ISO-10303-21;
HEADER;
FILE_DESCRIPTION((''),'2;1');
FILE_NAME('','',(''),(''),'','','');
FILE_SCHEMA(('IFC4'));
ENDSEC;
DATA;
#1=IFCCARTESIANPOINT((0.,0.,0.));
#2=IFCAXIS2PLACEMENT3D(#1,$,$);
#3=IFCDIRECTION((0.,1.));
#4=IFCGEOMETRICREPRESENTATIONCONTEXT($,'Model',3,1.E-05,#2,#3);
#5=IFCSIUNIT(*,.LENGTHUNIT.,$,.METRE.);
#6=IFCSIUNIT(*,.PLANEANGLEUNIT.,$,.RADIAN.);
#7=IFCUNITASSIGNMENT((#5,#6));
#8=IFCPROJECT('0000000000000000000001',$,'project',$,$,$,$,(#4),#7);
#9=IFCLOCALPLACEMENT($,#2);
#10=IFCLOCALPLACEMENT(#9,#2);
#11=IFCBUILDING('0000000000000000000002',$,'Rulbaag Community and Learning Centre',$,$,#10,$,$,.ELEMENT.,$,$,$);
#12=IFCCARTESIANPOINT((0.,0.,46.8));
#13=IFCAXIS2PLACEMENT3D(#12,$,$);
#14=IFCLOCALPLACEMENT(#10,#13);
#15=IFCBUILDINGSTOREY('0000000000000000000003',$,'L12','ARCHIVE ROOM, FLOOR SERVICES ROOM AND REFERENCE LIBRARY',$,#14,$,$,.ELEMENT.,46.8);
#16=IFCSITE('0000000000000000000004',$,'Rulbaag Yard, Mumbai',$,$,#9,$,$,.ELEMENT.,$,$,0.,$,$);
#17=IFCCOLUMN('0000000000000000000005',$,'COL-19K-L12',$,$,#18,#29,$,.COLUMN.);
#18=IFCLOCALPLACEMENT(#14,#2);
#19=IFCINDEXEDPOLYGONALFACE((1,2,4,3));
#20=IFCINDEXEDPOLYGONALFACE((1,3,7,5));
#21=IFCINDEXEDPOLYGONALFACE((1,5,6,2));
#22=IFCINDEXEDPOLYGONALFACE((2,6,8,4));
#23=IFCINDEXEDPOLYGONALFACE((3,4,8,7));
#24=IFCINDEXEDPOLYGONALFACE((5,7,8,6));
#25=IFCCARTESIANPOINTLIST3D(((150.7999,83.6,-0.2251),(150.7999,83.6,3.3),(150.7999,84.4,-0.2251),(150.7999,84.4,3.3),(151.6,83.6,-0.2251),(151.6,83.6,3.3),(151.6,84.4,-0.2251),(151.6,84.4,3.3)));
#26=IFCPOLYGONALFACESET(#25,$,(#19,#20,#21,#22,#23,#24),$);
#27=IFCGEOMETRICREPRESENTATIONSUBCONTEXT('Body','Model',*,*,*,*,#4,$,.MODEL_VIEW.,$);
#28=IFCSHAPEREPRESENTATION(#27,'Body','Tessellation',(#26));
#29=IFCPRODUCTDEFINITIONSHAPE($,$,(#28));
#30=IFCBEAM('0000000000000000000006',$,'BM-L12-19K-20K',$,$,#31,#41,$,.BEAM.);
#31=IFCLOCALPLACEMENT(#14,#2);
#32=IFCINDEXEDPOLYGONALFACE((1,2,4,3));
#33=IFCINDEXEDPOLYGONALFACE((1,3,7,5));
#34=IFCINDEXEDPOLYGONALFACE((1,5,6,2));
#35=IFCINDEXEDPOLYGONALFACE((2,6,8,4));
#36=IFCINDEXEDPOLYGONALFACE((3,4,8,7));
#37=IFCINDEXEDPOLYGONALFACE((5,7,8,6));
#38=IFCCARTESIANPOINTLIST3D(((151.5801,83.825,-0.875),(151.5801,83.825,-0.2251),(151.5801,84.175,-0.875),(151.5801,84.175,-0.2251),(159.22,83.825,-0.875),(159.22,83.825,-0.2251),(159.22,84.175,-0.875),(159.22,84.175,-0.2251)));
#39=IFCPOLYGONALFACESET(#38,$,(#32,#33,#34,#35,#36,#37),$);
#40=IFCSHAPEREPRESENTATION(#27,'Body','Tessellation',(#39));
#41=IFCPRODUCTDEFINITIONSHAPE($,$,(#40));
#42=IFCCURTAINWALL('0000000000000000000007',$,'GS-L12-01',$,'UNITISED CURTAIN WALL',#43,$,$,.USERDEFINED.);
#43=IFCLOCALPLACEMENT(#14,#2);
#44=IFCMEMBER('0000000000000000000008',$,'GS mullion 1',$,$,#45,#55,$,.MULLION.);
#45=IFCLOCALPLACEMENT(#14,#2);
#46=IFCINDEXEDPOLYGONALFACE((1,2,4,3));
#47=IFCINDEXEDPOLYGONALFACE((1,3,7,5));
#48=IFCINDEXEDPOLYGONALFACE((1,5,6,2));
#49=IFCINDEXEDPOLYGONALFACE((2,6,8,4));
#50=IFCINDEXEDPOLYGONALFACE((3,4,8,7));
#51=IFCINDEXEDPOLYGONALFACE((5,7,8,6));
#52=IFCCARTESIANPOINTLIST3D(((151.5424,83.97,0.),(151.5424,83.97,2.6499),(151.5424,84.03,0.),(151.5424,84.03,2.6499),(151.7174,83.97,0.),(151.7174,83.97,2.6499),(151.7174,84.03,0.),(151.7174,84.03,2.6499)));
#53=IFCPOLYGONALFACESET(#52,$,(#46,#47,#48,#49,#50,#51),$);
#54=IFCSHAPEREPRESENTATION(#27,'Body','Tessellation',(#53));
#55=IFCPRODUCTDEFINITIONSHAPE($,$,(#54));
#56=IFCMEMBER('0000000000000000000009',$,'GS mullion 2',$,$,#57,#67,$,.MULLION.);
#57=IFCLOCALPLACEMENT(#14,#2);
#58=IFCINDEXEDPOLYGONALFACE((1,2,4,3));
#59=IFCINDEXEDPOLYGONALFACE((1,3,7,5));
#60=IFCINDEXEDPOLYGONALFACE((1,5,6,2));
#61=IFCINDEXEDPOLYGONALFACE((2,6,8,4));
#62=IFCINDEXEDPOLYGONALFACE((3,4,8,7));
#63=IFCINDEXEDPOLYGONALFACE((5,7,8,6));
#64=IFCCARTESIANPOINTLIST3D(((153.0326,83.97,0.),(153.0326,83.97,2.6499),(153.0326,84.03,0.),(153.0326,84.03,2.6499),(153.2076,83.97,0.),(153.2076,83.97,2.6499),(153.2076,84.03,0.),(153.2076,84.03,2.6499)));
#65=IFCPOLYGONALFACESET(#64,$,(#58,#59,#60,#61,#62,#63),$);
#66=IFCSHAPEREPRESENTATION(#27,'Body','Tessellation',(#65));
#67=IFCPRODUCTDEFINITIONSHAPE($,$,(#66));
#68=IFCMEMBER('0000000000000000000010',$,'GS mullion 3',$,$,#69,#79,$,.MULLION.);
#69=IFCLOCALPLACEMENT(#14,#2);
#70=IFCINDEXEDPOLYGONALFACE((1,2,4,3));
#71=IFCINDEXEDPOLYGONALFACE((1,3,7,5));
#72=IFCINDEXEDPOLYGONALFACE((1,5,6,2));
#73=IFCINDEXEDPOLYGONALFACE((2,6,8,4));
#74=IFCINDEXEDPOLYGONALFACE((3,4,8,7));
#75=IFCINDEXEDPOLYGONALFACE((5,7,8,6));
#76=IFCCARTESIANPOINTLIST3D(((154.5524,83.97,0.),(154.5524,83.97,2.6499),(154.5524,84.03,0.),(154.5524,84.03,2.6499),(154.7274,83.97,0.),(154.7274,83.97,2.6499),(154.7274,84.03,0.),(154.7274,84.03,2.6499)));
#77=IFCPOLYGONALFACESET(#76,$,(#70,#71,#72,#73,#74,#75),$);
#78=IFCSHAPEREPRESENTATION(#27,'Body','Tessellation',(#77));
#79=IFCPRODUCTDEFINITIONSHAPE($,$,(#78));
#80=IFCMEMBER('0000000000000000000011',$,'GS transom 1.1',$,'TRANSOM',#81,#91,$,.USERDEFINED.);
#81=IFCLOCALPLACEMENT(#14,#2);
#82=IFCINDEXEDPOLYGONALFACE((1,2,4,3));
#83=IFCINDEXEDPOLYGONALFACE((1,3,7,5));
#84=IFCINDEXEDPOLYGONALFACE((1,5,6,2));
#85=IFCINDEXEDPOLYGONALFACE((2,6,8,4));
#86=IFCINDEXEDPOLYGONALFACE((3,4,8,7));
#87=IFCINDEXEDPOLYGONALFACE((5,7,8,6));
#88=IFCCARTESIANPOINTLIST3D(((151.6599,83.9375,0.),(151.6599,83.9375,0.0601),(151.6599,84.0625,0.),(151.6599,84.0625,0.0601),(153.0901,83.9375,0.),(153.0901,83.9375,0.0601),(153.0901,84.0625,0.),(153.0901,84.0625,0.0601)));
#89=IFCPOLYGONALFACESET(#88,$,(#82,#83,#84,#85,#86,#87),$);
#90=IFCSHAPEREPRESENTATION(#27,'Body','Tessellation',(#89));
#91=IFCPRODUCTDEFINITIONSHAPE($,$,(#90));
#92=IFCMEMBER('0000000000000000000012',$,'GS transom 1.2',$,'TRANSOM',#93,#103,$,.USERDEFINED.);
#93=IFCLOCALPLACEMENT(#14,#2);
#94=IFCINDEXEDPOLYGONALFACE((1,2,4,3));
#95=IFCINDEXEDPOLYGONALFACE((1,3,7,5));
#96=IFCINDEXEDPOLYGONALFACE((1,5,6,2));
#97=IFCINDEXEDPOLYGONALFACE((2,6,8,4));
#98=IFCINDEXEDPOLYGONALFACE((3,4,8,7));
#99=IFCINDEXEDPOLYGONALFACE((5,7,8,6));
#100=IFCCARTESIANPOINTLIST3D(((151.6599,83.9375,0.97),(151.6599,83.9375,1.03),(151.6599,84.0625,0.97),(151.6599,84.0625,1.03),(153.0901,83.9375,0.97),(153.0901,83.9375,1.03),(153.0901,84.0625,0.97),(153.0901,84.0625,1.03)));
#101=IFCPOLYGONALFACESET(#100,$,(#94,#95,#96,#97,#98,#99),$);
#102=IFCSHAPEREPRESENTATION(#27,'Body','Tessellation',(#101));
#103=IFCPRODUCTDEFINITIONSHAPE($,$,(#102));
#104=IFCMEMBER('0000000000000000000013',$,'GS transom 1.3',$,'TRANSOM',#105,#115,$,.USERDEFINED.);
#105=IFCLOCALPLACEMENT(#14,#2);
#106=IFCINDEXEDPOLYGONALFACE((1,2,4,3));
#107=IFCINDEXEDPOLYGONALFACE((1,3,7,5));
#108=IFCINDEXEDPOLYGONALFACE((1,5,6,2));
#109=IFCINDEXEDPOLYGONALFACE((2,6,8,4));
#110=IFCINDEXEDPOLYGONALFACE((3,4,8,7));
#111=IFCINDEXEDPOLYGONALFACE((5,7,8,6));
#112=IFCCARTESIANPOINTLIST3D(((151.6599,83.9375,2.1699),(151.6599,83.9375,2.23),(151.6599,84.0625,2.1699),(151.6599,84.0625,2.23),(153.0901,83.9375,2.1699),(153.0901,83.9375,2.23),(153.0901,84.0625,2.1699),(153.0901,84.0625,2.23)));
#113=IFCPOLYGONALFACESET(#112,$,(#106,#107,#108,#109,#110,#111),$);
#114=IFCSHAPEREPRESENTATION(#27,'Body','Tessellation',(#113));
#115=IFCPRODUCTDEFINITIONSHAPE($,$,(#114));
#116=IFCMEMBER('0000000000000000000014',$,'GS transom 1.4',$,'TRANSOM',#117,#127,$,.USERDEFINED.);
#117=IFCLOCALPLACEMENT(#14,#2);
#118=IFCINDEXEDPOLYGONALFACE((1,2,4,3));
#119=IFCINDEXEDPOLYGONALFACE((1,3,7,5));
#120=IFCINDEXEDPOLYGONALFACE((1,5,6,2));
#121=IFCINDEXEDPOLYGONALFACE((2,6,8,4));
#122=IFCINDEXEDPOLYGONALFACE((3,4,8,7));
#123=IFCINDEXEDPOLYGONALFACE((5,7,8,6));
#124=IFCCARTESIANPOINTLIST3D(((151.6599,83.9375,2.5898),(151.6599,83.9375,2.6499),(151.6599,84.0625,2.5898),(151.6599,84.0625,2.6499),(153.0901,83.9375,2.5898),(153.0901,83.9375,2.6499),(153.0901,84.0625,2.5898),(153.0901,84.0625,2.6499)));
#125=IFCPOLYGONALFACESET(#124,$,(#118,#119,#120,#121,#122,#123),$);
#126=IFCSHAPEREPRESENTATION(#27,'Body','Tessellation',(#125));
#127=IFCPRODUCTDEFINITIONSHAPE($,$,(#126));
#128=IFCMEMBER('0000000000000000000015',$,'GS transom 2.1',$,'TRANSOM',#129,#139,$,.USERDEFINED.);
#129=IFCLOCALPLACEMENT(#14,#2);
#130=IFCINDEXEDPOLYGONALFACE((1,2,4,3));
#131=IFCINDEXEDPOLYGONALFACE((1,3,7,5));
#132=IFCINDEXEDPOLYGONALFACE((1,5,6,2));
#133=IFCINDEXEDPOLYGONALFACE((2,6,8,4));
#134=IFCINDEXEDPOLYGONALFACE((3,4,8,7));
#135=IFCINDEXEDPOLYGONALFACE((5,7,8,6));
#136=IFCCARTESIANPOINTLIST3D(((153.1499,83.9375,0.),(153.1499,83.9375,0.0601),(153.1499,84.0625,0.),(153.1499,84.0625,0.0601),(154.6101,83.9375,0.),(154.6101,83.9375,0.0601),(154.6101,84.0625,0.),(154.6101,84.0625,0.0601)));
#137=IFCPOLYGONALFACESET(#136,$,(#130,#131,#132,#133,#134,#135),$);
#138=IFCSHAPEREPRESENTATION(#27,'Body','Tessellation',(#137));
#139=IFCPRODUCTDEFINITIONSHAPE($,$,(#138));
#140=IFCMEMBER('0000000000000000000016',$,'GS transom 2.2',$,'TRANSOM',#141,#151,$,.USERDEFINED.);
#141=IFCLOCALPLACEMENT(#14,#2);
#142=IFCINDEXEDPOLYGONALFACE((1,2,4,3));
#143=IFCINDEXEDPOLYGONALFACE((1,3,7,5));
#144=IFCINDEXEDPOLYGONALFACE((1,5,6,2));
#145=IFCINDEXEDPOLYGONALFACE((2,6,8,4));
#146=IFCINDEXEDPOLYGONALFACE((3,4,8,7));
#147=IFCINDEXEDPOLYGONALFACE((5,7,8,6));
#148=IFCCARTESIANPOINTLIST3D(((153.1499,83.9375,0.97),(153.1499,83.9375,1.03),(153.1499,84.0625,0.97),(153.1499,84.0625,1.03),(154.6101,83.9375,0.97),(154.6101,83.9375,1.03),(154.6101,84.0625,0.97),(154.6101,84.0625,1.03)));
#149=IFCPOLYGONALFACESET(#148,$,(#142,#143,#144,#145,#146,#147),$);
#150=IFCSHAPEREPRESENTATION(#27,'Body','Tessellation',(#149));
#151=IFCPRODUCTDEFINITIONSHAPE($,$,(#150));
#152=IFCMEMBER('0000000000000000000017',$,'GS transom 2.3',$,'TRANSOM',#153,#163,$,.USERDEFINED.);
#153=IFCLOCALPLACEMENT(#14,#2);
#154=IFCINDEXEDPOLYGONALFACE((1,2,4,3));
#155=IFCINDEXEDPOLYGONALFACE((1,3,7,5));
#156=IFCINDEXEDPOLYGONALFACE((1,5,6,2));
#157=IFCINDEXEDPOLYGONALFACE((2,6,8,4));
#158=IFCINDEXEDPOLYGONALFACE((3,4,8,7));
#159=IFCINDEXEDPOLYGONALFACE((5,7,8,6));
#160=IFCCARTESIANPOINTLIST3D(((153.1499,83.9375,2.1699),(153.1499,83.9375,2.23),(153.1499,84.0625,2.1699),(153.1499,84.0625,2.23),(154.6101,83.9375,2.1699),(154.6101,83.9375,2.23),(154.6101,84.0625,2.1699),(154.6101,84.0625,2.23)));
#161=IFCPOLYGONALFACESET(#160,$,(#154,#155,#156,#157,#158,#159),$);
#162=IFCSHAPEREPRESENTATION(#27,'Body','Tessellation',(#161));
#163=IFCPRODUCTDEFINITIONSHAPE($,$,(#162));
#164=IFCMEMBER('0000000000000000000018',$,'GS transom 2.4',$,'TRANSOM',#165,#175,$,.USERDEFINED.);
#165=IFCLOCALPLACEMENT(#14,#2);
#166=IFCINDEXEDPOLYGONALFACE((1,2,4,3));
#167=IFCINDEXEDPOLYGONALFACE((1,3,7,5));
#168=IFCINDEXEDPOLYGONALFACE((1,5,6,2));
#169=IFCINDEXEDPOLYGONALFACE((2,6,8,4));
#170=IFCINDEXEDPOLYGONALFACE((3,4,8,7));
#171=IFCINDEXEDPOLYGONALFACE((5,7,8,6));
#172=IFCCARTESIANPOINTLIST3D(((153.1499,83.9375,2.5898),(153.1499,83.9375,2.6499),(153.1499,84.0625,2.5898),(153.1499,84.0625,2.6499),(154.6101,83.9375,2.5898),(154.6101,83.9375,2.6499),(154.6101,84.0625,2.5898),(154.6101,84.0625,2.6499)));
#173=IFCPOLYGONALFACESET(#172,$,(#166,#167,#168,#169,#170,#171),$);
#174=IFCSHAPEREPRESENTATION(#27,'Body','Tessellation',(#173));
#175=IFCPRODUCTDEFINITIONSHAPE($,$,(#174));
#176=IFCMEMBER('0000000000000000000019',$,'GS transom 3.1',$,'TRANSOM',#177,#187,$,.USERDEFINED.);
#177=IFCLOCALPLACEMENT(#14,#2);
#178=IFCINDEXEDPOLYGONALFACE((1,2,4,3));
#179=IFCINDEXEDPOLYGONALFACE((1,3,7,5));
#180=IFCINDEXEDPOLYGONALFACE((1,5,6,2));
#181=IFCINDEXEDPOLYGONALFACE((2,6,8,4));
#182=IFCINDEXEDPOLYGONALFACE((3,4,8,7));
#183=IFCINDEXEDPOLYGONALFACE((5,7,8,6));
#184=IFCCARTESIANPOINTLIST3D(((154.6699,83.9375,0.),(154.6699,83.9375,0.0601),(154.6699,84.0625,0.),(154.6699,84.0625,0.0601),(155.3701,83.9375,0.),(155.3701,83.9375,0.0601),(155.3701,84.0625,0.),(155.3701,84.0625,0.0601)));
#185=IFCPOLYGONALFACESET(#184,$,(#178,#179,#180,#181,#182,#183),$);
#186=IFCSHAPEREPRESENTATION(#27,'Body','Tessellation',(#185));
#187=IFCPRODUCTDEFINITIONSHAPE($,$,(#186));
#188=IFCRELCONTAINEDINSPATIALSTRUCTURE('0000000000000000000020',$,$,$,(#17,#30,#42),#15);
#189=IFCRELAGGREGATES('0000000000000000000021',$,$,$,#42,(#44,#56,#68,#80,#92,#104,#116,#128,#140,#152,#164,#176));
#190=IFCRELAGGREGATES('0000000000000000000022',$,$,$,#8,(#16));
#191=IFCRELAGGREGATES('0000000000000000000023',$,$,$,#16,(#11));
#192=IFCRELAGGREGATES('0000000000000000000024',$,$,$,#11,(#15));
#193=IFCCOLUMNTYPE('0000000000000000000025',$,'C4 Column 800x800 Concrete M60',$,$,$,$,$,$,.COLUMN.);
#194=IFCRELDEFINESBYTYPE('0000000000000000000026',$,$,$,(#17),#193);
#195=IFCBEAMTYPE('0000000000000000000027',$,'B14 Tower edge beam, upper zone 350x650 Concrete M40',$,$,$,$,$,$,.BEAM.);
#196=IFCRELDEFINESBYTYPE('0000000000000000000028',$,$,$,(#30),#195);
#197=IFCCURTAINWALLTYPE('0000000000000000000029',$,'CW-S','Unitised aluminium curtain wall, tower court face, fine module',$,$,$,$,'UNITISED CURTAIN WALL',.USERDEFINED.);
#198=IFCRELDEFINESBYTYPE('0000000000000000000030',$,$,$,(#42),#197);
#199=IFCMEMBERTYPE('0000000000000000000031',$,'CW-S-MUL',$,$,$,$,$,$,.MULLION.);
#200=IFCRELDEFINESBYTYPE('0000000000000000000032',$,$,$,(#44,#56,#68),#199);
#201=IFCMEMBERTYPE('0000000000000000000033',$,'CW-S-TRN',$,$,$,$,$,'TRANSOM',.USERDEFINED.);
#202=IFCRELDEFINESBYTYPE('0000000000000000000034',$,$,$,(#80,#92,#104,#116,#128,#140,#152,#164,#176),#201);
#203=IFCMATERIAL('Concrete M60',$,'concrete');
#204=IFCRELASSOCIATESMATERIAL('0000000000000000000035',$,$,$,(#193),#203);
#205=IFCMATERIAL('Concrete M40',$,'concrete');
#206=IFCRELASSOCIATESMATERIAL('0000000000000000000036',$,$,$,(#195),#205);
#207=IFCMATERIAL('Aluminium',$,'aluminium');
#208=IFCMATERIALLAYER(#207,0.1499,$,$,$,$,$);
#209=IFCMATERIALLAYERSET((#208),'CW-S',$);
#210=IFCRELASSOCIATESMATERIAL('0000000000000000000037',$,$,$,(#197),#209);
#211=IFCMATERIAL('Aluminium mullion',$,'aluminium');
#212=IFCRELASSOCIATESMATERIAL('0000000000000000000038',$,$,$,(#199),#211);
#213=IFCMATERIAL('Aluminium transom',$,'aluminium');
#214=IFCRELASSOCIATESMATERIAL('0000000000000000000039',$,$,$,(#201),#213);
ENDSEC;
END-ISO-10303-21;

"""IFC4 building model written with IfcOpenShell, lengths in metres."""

from ifc_helpers import new_model, si_unit, direction, frame, origin, origin_2d, place, context, subcontext, project, spatial, rectangle, extrude, material, layer, layer_set, material_profile, profile_set, type_object, element, aggregate, save


model = new_model("IFC4")

# Units and contexts
model_context = context("Model", 3, precision=1e-05, world=origin(), true_north=direction((0.0, 1.0)))
body_context = subcontext(model_context, "Body", "Model", "MODEL_VIEW")
ifc_project = project(units=[si_unit("LENGTHUNIT", "METRE"), si_unit("PLANEANGLEUNIT", "RADIAN")], contexts=[model_context])

# Site, building, storey
site_placement = place(None, origin())
site = spatial("IfcSite", under=ifc_project, at=site_placement, Name="Rulbaag Yard, Mumbai", CompositionType="ELEMENT", RefElevation=0.0)
building_placement = place(site_placement, origin())
building = spatial("IfcBuilding", under=site, at=building_placement, Name="Rulbaag Community and Learning Centre", CompositionType="ELEMENT")
storey_placement = place(building_placement, frame((0.0, 0.0, 46.8)))
storey = spatial("IfcBuildingStorey", under=building, at=storey_placement, Name="L12", Description="ARCHIVE ROOM, FLOOR SERVICES ROOM AND REFERENCE LIBRARY", CompositionType="ELEMENT", Elevation=46.8)

# Column
ifc_material_1 = material(Name="Concrete M60", Category="concrete")
ifc_material_profile_1 = material_profile(ifc_material_1, rectangle(XDim=0.8, YDim=0.8, at=origin_2d()), Name="RC800x800")
ifc_profile_set_1 = profile_set([ifc_material_profile_1], Name="Concrete M60")
column_type = type_object("IfcColumnType", Name="C4 Column 800x800 Concrete M60", PredefinedType="COLUMN", material=ifc_profile_set_1)
column_placement = place(storey_placement, frame((151.2, 84.0, -0.2251), z_axis=(0.0, 0.0, 1.0), x_axis=(1.0, 0.0, 0.0)))
element("IfcColumn", 1, at=column_placement, inside=storey, type_object=column_type, Name="COL-19K-L12", PredefinedType="COLUMN", context=body_context, shape_type="SweptSolid", body=[
    extrude(rectangle(XDim=0.8, YDim=0.8, at=origin_2d()), origin(), (0.0, 0.0, 1.0), 3.5251),
])

# Beam
ifc_material_2 = material(Name="Concrete M40", Category="concrete")
ifc_material_profile_2 = material_profile(ifc_material_2, rectangle(XDim=0.3501, YDim=0.6499, at=origin_2d()), Name="RB350x650")
ifc_profile_set_2 = profile_set([ifc_material_profile_2], Name="Concrete M40")
beam_type = type_object("IfcBeamType", Name="B14 Tower edge beam, upper zone 350x650 Concrete M40", PredefinedType="BEAM", material=ifc_profile_set_2)
beam_placement = place(storey_placement, frame((151.5801, 84.0, -0.55), z_axis=(1.0, 0.0, 0.0), x_axis=(0.0, 1.0, 0.0)))
element("IfcBeam", 2, at=beam_placement, inside=storey, type_object=beam_type, Name="BM-L12-19K-20K", PredefinedType="BEAM", context=body_context, shape_type="SweptSolid", body=[
    extrude(rectangle(XDim=0.3501, YDim=0.6499, at=origin_2d()), origin(), (0.0, 0.0, 1.0), 7.6399),
])

# Curtain wall, members
ifc_material_3 = material(Name="Aluminium", Category="aluminium")
ifc_layer_1 = layer(ifc_material_3, 0.1499)
ifc_layer_set_1 = layer_set([ifc_layer_1], Name="CW-S")
curtain_wall_type = type_object("IfcCurtainWallType", Name="CW-S", Description="Unitised aluminium curtain wall, tower court face, fine module", ElementType="UNITISED CURTAIN WALL", PredefinedType="USERDEFINED", material=ifc_layer_set_1)
curtain_wall_placement = place(storey_placement, origin())
curtain_wall = element("IfcCurtainWall", 3, at=curtain_wall_placement, inside=storey, type_object=curtain_wall_type, Name="GS-L12-01", ObjectType="UNITISED CURTAIN WALL", PredefinedType="USERDEFINED")
ifc_material_4 = material(Name="Aluminium mullion", Category="aluminium")
ifc_material_profile_3 = material_profile(ifc_material_4, rectangle(XDim=0.0601, YDim=0.175, at=origin_2d()), Name="AL 60x175")
ifc_profile_set_3 = profile_set([ifc_material_profile_3], Name="Aluminium mullion")
member_type_1 = type_object("IfcMemberType", Name="CW-S-MUL", PredefinedType="MULLION", material=ifc_profile_set_3)
member_1_placement = place(storey_placement, frame((151.6299, 84.0, 0.0), z_axis=(0.0, 0.0, 1.0), x_axis=(0.0, 1.0, 0.0)))
member_1 = element("IfcMember", 4, at=member_1_placement, type_object=member_type_1, Name="GS mullion 1", PredefinedType="MULLION", context=body_context, shape_type="SweptSolid", body=[
    extrude(rectangle(XDim=0.0601, YDim=0.175, at=origin_2d()), origin(), (0.0, 0.0, 1.0), 2.6499),
])
member_2_placement = place(storey_placement, frame((153.1201, 84.0, 0.0), z_axis=(0.0, 0.0, 1.0), x_axis=(0.0, 1.0, 0.0)))
member_2 = element("IfcMember", 5, at=member_2_placement, type_object=member_type_1, Name="GS mullion 2", PredefinedType="MULLION", context=body_context, shape_type="SweptSolid", body=[
    extrude(rectangle(XDim=0.0601, YDim=0.175, at=origin_2d()), origin(), (0.0, 0.0, 1.0), 2.6499),
])
member_3_placement = place(storey_placement, frame((154.6399, 84.0, 0.0), z_axis=(0.0, 0.0, 1.0), x_axis=(0.0, 1.0, 0.0)))
member_3 = element("IfcMember", 6, at=member_3_placement, type_object=member_type_1, Name="GS mullion 3", PredefinedType="MULLION", context=body_context, shape_type="SweptSolid", body=[
    extrude(rectangle(XDim=0.0601, YDim=0.175, at=origin_2d()), origin(), (0.0, 0.0, 1.0), 2.6499),
])
ifc_material_5 = material(Name="Aluminium transom", Category="aluminium")
ifc_material_profile_4 = material_profile(ifc_material_5, rectangle(XDim=0.125, YDim=0.0601, at=origin_2d()), Name="AL 60x125 T")
ifc_profile_set_4 = profile_set([ifc_material_profile_4], Name="Aluminium transom")
member_type_2 = type_object("IfcMemberType", Name="CW-S-TRN", ElementType="TRANSOM", PredefinedType="USERDEFINED", material=ifc_profile_set_4)
member_4_placement = place(storey_placement, frame((151.6599, 84.0, 0.03), z_axis=(1.0, 0.0, 0.0), x_axis=(0.0, 1.0, 0.0)))
member_4 = element("IfcMember", 7, at=member_4_placement, type_object=member_type_2, Name="GS transom 1.1", ObjectType="TRANSOM", PredefinedType="USERDEFINED", context=body_context, shape_type="SweptSolid", body=[
    extrude(rectangle(XDim=0.125, YDim=0.0601, at=origin_2d()), origin(), (0.0, 0.0, 1.0), 1.4302),
])
member_5_placement = place(storey_placement, frame((151.6599, 84.0, 1.0), z_axis=(1.0, 0.0, 0.0), x_axis=(0.0, 1.0, 0.0)))
member_5 = element("IfcMember", 8, at=member_5_placement, type_object=member_type_2, Name="GS transom 1.2", ObjectType="TRANSOM", PredefinedType="USERDEFINED", context=body_context, shape_type="SweptSolid", body=[
    extrude(rectangle(XDim=0.125, YDim=0.0601, at=origin_2d()), origin(), (0.0, 0.0, 1.0), 1.4302),
])
member_6_placement = place(storey_placement, frame((151.6599, 84.0, 2.2), z_axis=(1.0, 0.0, 0.0), x_axis=(0.0, 1.0, 0.0)))
member_6 = element("IfcMember", 9, at=member_6_placement, type_object=member_type_2, Name="GS transom 1.3", ObjectType="TRANSOM", PredefinedType="USERDEFINED", context=body_context, shape_type="SweptSolid", body=[
    extrude(rectangle(XDim=0.125, YDim=0.0601, at=origin_2d()), origin(), (0.0, 0.0, 1.0), 1.4302),
])
member_7_placement = place(storey_placement, frame((151.6599, 84.0, 2.6199), z_axis=(1.0, 0.0, 0.0), x_axis=(0.0, 1.0, 0.0)))
member_7 = element("IfcMember", 10, at=member_7_placement, type_object=member_type_2, Name="GS transom 1.4", ObjectType="TRANSOM", PredefinedType="USERDEFINED", context=body_context, shape_type="SweptSolid", body=[
    extrude(rectangle(XDim=0.125, YDim=0.0601, at=origin_2d()), origin(), (0.0, 0.0, 1.0), 1.4302),
])
member_8_placement = place(storey_placement, frame((153.1499, 84.0, 0.03), z_axis=(1.0, 0.0, 0.0), x_axis=(0.0, 1.0, 0.0)))
member_8 = element("IfcMember", 11, at=member_8_placement, type_object=member_type_2, Name="GS transom 2.1", ObjectType="TRANSOM", PredefinedType="USERDEFINED", context=body_context, shape_type="SweptSolid", body=[
    extrude(rectangle(XDim=0.125, YDim=0.0601, at=origin_2d()), origin(), (0.0, 0.0, 1.0), 1.4602),
])
member_9_placement = place(storey_placement, frame((153.1499, 84.0, 1.0), z_axis=(1.0, 0.0, 0.0), x_axis=(0.0, 1.0, 0.0)))
member_9 = element("IfcMember", 12, at=member_9_placement, type_object=member_type_2, Name="GS transom 2.2", ObjectType="TRANSOM", PredefinedType="USERDEFINED", context=body_context, shape_type="SweptSolid", body=[
    extrude(rectangle(XDim=0.125, YDim=0.0601, at=origin_2d()), origin(), (0.0, 0.0, 1.0), 1.4602),
])
member_10_placement = place(storey_placement, frame((153.1499, 84.0, 2.2), z_axis=(1.0, 0.0, 0.0), x_axis=(0.0, 1.0, 0.0)))
member_10 = element("IfcMember", 13, at=member_10_placement, type_object=member_type_2, Name="GS transom 2.3", ObjectType="TRANSOM", PredefinedType="USERDEFINED", context=body_context, shape_type="SweptSolid", body=[
    extrude(rectangle(XDim=0.125, YDim=0.0601, at=origin_2d()), origin(), (0.0, 0.0, 1.0), 1.4602),
])
member_11_placement = place(storey_placement, frame((153.1499, 84.0, 2.6199), z_axis=(1.0, 0.0, 0.0), x_axis=(0.0, 1.0, 0.0)))
member_11 = element("IfcMember", 14, at=member_11_placement, type_object=member_type_2, Name="GS transom 2.4", ObjectType="TRANSOM", PredefinedType="USERDEFINED", context=body_context, shape_type="SweptSolid", body=[
    extrude(rectangle(XDim=0.125, YDim=0.0601, at=origin_2d()), origin(), (0.0, 0.0, 1.0), 1.4602),
])
member_12_placement = place(storey_placement, frame((154.6699, 84.0, 0.03), z_axis=(1.0, 0.0, 0.0), x_axis=(0.0, 1.0, 0.0)))
member_12 = element("IfcMember", 15, at=member_12_placement, type_object=member_type_2, Name="GS transom 3.1", ObjectType="TRANSOM", PredefinedType="USERDEFINED", context=body_context, shape_type="SweptSolid", body=[
    extrude(rectangle(XDim=0.125, YDim=0.0601, at=origin_2d()), origin(), (0.0, 0.0, 1.0), 0.7002),
])
aggregate(curtain_wall, [member_1, member_2, member_3, member_4, member_5, member_6, member_7, member_8, member_9, member_10, member_11, member_12])

save(model, "model.ifc")
